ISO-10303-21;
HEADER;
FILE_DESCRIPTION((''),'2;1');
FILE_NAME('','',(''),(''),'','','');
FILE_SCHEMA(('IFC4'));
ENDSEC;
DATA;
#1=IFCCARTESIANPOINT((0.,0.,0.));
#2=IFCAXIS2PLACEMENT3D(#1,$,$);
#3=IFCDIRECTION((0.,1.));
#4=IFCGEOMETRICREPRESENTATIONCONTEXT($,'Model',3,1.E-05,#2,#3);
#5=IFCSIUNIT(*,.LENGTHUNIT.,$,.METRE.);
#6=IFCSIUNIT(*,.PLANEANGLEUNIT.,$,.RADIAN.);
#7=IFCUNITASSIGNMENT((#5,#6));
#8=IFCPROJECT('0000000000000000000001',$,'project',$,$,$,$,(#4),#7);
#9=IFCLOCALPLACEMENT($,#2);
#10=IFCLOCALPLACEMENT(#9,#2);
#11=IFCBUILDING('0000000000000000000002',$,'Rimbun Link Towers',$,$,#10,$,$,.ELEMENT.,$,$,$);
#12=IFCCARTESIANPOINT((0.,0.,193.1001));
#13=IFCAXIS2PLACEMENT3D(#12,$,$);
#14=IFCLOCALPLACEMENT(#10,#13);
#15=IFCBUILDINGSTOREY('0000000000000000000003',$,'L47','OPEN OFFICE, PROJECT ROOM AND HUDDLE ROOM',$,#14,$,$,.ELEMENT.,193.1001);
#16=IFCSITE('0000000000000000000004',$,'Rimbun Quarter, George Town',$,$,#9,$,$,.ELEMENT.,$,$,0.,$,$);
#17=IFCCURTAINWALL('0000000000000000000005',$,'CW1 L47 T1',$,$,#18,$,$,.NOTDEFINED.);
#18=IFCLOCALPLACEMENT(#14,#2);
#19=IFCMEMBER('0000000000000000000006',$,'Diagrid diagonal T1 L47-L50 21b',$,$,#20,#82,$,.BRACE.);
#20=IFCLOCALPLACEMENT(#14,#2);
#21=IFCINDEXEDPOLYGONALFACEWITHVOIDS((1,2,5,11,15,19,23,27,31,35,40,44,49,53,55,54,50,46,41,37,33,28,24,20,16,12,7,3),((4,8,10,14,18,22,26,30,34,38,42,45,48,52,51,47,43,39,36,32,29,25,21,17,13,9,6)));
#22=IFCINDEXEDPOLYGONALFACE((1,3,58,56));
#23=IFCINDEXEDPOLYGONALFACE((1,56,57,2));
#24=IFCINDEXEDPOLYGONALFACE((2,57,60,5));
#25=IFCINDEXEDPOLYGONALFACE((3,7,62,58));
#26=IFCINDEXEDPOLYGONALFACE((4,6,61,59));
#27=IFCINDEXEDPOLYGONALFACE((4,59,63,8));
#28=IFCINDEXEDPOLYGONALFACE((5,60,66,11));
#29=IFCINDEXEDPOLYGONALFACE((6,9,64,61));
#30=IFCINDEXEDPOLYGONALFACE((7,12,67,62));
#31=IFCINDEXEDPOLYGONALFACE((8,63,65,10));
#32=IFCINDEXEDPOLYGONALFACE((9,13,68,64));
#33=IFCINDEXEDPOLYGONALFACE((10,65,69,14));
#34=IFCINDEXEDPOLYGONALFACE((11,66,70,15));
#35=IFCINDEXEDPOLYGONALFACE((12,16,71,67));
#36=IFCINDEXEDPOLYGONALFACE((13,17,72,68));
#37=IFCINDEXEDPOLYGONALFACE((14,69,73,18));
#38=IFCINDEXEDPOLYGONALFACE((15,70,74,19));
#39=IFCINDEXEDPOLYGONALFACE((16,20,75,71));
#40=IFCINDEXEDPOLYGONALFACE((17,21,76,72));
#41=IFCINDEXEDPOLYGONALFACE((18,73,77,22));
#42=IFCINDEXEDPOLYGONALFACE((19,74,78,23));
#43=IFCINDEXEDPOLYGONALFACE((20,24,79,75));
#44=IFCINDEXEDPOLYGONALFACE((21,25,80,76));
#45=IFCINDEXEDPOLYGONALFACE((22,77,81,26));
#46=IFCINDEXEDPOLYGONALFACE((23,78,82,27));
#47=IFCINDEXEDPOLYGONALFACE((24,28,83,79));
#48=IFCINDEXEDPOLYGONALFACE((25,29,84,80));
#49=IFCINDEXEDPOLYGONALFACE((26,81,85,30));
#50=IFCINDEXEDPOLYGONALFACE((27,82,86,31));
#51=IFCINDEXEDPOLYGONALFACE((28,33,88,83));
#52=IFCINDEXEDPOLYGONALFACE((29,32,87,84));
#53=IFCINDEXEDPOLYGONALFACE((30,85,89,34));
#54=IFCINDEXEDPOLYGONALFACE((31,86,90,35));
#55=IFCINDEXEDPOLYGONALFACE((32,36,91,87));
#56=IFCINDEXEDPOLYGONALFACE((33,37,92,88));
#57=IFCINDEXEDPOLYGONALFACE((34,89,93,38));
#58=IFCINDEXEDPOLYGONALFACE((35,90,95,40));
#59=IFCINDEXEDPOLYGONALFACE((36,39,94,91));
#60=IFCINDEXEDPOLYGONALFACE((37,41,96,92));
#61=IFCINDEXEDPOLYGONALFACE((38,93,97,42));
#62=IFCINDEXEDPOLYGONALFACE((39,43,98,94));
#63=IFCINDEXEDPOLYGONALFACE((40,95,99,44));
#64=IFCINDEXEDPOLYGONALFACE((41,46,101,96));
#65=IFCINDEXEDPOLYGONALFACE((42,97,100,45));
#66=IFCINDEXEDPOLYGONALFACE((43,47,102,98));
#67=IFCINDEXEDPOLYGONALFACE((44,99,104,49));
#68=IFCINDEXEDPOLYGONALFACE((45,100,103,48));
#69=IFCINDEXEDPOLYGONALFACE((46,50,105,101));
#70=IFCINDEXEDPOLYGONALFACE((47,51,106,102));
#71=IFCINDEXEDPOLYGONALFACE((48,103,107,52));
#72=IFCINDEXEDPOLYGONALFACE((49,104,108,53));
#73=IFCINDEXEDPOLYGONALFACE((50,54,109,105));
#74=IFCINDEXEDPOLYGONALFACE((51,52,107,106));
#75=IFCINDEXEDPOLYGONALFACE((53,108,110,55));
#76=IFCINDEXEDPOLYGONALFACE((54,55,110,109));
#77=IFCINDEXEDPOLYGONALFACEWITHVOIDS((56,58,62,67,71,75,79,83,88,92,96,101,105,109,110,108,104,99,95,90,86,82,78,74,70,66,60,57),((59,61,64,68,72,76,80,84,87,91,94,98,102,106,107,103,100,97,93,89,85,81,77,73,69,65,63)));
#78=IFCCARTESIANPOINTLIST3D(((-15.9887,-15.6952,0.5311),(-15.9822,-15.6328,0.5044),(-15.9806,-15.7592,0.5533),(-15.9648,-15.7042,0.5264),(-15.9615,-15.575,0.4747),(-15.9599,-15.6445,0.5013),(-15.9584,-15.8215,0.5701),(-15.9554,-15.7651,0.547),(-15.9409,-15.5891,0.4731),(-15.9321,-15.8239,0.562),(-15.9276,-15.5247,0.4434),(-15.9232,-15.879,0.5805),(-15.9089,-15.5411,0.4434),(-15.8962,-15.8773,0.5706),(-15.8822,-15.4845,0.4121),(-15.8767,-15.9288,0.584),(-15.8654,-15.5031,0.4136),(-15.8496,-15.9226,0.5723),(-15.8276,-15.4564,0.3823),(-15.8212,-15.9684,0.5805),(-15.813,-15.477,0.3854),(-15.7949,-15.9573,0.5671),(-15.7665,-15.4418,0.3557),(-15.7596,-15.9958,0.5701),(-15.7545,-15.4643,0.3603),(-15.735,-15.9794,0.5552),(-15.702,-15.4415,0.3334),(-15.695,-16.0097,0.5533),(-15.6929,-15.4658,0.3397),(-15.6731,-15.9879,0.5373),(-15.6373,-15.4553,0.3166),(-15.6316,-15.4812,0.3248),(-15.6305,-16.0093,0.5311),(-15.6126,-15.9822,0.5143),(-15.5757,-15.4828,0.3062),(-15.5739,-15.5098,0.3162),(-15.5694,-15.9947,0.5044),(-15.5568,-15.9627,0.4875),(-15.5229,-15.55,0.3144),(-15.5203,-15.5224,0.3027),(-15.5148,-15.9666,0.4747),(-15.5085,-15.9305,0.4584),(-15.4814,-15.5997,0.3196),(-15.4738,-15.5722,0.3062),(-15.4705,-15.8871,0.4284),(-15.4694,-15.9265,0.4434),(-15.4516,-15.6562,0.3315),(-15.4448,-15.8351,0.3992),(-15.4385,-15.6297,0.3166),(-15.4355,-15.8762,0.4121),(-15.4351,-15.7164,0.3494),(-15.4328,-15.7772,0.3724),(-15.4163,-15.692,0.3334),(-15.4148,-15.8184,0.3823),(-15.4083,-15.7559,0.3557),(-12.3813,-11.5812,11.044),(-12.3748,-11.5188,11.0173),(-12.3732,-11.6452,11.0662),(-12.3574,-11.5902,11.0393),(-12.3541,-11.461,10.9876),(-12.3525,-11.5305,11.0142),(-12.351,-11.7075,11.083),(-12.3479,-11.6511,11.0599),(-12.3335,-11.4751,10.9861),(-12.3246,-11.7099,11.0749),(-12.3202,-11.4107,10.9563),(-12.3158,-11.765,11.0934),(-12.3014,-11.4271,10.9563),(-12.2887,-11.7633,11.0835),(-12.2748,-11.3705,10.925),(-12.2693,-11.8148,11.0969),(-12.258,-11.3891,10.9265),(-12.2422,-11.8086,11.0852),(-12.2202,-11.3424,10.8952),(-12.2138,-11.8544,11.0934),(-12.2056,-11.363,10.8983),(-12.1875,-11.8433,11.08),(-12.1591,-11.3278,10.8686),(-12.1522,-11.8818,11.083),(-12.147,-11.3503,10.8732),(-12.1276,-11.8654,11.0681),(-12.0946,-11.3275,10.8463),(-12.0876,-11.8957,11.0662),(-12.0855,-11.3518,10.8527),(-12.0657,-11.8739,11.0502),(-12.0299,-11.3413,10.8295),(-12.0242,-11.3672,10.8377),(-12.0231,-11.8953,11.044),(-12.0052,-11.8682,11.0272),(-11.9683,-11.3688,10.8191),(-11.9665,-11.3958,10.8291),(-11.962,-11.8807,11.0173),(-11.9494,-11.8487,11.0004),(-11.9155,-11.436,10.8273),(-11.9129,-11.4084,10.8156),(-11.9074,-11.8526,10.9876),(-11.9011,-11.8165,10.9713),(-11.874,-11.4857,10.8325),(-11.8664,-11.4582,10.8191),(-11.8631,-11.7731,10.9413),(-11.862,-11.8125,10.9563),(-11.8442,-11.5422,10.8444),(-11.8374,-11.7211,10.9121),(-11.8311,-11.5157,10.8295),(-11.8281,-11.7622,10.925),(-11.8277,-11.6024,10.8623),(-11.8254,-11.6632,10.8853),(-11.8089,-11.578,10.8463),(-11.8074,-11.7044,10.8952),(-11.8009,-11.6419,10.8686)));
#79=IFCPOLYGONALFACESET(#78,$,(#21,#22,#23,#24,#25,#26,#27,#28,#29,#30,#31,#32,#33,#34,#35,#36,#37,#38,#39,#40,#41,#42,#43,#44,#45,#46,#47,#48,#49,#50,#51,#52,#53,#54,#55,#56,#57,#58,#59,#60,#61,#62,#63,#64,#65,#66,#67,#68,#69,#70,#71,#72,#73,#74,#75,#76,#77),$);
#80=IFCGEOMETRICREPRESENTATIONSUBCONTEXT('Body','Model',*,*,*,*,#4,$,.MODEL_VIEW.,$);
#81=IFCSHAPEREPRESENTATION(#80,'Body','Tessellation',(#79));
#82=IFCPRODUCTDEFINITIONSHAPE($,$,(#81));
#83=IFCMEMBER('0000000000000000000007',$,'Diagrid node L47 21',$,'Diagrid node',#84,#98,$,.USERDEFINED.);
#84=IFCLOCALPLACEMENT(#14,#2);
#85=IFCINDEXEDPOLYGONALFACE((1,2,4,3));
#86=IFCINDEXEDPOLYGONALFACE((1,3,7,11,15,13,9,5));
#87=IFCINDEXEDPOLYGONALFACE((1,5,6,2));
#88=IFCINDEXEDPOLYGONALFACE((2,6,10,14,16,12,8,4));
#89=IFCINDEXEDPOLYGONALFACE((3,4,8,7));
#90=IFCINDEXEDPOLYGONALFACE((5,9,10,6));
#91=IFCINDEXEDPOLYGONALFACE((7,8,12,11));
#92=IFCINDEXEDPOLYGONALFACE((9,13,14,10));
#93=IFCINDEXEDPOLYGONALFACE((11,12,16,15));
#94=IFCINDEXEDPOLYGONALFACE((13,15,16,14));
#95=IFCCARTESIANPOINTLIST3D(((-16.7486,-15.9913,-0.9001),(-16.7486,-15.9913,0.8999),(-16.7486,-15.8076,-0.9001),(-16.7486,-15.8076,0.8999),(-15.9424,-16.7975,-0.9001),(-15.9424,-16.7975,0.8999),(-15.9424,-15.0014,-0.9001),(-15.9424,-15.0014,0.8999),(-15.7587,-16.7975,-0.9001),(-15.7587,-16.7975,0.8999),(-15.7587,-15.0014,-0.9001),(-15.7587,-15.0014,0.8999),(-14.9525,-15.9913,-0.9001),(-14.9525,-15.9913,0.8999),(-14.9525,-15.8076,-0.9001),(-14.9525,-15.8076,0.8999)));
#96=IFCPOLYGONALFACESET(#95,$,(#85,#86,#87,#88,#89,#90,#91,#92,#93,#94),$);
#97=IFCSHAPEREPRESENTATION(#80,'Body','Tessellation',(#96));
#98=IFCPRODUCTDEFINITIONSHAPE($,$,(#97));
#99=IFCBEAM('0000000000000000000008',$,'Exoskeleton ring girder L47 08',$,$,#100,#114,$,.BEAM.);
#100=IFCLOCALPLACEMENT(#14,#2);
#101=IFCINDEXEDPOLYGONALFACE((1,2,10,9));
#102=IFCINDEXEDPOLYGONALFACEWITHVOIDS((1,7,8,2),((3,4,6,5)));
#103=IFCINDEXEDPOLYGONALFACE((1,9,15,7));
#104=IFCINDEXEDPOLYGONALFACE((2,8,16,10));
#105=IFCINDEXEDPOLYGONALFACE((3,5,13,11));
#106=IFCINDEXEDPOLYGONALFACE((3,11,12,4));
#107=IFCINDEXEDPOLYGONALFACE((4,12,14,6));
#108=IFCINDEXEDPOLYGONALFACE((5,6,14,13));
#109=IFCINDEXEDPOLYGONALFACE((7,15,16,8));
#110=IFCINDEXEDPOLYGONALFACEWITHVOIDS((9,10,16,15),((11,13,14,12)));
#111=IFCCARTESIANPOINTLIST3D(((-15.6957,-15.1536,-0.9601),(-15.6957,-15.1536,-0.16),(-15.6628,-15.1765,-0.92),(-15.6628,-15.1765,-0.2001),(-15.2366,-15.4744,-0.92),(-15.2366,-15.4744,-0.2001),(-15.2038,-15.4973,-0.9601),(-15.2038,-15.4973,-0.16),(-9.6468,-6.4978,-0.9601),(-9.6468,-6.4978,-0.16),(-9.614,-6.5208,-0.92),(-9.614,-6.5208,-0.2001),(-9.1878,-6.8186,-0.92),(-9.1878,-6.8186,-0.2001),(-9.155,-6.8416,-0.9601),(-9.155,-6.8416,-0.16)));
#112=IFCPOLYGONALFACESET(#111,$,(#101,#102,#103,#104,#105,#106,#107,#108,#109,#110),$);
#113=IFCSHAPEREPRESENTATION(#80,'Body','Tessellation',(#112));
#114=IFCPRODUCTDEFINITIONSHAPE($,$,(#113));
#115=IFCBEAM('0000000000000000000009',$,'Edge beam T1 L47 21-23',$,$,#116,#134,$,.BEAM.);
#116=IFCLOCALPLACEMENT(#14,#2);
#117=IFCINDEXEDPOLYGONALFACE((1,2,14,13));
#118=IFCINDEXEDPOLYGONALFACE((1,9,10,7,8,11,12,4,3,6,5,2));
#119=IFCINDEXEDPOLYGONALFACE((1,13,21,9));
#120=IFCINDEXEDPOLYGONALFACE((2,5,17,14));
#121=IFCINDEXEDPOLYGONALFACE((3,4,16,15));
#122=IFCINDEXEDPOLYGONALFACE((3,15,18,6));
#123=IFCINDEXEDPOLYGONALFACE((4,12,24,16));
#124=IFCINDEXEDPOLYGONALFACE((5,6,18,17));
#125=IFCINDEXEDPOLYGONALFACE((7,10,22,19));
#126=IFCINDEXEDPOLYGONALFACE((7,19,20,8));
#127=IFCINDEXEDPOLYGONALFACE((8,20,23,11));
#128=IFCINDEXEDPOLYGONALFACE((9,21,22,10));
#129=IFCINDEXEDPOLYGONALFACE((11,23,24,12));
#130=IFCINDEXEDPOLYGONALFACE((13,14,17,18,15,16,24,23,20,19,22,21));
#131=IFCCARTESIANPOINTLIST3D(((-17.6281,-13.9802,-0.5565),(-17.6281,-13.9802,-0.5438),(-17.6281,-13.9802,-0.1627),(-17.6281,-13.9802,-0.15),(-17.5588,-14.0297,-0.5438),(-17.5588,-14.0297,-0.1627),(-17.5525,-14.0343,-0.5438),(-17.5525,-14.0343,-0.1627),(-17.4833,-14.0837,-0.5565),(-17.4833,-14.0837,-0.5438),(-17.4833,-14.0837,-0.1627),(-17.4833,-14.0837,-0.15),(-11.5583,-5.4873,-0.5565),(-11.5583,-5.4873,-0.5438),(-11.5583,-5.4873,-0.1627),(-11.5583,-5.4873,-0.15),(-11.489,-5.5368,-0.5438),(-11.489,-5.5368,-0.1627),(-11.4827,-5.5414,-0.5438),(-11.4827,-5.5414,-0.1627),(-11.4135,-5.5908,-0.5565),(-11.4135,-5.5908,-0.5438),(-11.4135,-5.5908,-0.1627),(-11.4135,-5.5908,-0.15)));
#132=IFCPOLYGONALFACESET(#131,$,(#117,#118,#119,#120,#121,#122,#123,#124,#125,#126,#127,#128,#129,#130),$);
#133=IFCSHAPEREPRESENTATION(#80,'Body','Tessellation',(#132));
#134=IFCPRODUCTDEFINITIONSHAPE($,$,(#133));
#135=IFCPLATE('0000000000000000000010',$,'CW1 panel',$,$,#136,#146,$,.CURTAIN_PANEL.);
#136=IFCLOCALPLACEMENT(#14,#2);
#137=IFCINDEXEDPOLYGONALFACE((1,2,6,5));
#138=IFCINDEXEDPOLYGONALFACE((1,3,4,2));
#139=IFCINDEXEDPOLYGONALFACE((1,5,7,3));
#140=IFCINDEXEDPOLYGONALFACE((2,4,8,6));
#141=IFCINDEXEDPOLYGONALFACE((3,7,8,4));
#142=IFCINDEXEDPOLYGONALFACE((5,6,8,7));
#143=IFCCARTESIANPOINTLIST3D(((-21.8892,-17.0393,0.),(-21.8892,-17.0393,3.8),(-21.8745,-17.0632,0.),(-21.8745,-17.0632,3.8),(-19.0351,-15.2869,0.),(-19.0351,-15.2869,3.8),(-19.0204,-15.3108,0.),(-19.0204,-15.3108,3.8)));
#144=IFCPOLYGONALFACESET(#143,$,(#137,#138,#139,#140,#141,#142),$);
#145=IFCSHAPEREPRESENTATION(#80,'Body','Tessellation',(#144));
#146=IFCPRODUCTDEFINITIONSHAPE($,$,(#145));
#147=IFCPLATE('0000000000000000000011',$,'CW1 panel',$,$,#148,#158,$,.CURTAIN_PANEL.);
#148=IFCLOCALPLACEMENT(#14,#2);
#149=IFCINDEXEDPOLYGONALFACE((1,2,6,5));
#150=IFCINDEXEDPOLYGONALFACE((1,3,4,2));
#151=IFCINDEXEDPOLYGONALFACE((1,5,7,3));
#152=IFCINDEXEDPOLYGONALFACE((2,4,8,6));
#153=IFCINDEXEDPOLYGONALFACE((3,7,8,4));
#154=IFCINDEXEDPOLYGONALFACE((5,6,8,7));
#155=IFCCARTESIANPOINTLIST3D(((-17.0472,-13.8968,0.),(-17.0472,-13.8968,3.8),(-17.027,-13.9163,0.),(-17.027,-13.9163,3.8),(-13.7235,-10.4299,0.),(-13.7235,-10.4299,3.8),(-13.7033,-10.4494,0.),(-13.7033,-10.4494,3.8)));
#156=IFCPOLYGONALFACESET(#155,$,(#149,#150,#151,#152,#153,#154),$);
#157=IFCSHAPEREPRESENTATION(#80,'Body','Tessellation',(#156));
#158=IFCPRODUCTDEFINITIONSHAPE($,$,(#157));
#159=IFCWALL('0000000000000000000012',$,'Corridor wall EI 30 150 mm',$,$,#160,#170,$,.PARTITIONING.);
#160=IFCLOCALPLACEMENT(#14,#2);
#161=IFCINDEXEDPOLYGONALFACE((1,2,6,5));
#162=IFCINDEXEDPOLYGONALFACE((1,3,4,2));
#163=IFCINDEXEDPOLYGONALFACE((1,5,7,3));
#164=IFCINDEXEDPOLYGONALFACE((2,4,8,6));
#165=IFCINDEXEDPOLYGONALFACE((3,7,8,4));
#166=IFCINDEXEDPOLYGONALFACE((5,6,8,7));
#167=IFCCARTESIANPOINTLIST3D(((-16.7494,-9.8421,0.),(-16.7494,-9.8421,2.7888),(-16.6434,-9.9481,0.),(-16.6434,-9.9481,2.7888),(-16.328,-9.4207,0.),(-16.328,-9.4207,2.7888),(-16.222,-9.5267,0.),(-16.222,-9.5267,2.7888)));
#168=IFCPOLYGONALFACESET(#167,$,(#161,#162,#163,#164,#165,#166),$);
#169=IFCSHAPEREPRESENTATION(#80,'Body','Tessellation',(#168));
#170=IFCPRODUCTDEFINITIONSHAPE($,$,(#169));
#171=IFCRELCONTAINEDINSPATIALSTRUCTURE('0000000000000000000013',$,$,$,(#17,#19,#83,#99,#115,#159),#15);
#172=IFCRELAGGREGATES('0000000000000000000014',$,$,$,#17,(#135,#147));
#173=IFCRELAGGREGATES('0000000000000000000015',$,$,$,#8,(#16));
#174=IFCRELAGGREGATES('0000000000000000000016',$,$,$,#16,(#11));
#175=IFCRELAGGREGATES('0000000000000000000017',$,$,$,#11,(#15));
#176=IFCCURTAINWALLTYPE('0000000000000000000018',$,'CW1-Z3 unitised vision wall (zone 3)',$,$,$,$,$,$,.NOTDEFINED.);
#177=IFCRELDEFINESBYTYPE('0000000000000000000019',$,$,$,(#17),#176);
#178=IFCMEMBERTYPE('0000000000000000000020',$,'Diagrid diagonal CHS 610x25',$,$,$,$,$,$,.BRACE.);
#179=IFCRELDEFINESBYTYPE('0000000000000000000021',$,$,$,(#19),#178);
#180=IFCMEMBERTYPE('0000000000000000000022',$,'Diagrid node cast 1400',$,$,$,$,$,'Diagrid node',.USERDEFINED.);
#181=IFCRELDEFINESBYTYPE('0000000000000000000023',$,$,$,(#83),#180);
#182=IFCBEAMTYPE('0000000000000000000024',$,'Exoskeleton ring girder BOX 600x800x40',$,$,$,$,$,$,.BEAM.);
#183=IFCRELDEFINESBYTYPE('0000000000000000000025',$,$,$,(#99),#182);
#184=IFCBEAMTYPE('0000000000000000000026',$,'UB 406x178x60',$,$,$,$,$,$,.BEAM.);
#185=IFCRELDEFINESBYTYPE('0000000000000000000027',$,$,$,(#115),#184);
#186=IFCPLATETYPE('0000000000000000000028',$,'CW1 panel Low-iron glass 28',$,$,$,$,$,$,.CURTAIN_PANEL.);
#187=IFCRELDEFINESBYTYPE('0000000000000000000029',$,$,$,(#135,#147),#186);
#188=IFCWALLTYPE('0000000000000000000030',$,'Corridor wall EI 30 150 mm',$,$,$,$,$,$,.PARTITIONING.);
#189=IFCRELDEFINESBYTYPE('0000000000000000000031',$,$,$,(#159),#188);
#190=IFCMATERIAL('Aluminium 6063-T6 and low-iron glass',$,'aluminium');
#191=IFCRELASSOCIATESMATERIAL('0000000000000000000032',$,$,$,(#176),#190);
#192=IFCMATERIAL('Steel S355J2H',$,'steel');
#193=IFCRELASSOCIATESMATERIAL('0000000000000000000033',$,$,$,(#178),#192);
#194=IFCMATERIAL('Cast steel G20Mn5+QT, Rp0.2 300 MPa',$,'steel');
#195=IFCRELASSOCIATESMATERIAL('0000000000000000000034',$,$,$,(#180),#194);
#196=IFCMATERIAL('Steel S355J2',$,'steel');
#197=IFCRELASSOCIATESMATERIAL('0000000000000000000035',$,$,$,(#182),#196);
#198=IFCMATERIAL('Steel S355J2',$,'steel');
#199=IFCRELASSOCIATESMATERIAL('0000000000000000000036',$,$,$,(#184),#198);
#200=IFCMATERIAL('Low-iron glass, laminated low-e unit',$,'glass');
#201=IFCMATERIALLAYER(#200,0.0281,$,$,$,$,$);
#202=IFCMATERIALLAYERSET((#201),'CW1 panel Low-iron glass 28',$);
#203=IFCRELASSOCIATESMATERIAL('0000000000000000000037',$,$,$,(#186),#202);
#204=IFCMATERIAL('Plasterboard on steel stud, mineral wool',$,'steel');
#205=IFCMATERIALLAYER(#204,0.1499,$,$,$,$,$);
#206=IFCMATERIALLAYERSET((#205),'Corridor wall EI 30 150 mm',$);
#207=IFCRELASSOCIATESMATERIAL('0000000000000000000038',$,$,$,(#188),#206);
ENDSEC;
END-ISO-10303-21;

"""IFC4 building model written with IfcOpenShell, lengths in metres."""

from ifc_helpers import new_model, si_unit, direction, frame, frame_2d, origin, origin_2d, place, context, subcontext, project, spatial, polyline, rectangle, hollow_rectangle, hollow_circle, i_section, outline, extrude, material, layer, layer_set, material_profile, profile_set, type_object, element, aggregate, save


model = new_model("IFC4")

# Units and contexts
model_context = context("Model", 3, precision=1e-05, world=origin(), true_north=direction((0.0, 1.0)))
body_context = subcontext(model_context, "Body", "Model", "MODEL_VIEW")
ifc_project = project(units=[si_unit("LENGTHUNIT", "METRE"), si_unit("PLANEANGLEUNIT", "RADIAN")], contexts=[model_context])

# Site, building, storey
site_placement = place(None, origin())
site = spatial("IfcSite", under=ifc_project, at=site_placement, Name="Rimbun Quarter, George Town", CompositionType="ELEMENT", RefElevation=0.0)
building_placement = place(site_placement, origin())
building = spatial("IfcBuilding", under=site, at=building_placement, Name="Rimbun Link Towers", CompositionType="ELEMENT")
storey_placement = place(building_placement, frame((0.0, 0.0, 193.1001)))
storey = spatial("IfcBuildingStorey", under=building, at=storey_placement, Name="L47", Description="OPEN OFFICE, PROJECT ROOM AND HUDDLE ROOM", CompositionType="ELEMENT", Elevation=193.1001)

# Curtain wall
ifc_material_1 = material(Name="Aluminium 6063-T6 and low-iron glass", Category="aluminium")
curtain_wall_type = type_object("IfcCurtainWallType", Name="CW1-Z3 unitised vision wall (zone 3)", PredefinedType="NOTDEFINED", material=ifc_material_1)
curtain_wall_placement = place(storey_placement, origin())
curtain_wall = element("IfcCurtainWall", 1, at=curtain_wall_placement, inside=storey, type_object=curtain_wall_type, Name="CW1 L47 T1", PredefinedType="NOTDEFINED")

# Members
ifc_material_2 = material(Name="Steel S355J2H", Category="steel")
ifc_material_profile_1 = material_profile(ifc_material_2, hollow_circle(Radius=0.3047, WallThickness=0.0249, at=origin_2d()), Name="Diagrid diagonal CHS 610x25")
ifc_profile_set_1 = profile_set([ifc_material_profile_1], Name="Steel S355J2H")
member_type_1 = type_object("IfcMemberType", Name="Diagrid diagonal CHS 610x25", PredefinedType="BRACE", material=ifc_profile_set_1)
member_1_placement = place(storey_placement, frame((-15.6985, -15.7256, 0.4434), z_axis=(0.304383, 0.347127, 0.887048), x_axis=(-0.751883, 0.659297, 0.0)))
element("IfcMember", 2, at=member_1_placement, inside=storey, type_object=member_type_1, Name="Diagrid diagonal T1 L47-L50 21b", PredefinedType="BRACE", context=body_context, shape_type="SweptSolid", body=[
    extrude(hollow_circle(Radius=0.3047, WallThickness=0.0249, at=origin_2d()), origin(), (0.0, 0.0, 1.0), 11.8516),
])
ifc_material_3 = material(Name="Cast steel G20Mn5+QT, Rp0.2 300 MPa", Category="steel")
ifc_material_profile_2 = material_profile(ifc_material_3, outline(polyline([(0.7, -0.5701), (0.7, 0.5701), (0.5701, 0.7), (-0.5701, 0.7), (-0.7, 0.5701), (-0.7, -0.5701), (-0.5701, -0.7), (0.5701, -0.7), (0.7, -0.5701)])), Name="NODE 1400x1400")
ifc_profile_set_2 = profile_set([ifc_material_profile_2], Name="Cast steel G20Mn5+QT, Rp0.2 300 MPa")
member_type_2 = type_object("IfcMemberType", Name="Diagrid node cast 1400", ElementType="Diagrid node", PredefinedType="USERDEFINED", material=ifc_profile_set_2)
member_2_placement = place(storey_placement, frame((-15.8506, -15.8994, -0.9001), z_axis=(0.0, 0.0, 1.0), x_axis=(0.707107, -0.707107, 0.0)))
element("IfcMember", 3, at=member_2_placement, inside=storey, type_object=member_type_2, Name="Diagrid node L47 21", ObjectType="Diagrid node", PredefinedType="USERDEFINED", context=body_context, shape_type="SweptSolid", body=[
    extrude(outline(polyline([(0.7, -0.5701), (0.7, 0.5701), (0.5701, 0.7), (-0.5701, 0.7), (-0.7, 0.5701), (-0.7, -0.5701), (-0.5701, -0.7), (0.5701, -0.7), (0.7, -0.5701)])), origin(), (0.0, 0.0, 1.0), 1.8),
])

# Beams
ifc_material_4 = material(Name="Steel S355J2", Category="steel")
ifc_material_profile_3 = material_profile(ifc_material_4, hollow_rectangle(XDim=0.6001, YDim=0.8, WallThickness=0.04, at=origin_2d()), Name="Exoskeleton ring girder BOX 600x800x40")
ifc_profile_set_3 = profile_set([ifc_material_profile_3], Name="Steel S355J2")
beam_type_1 = type_object("IfcBeamType", Name="Exoskeleton ring girder BOX 600x800x40", PredefinedType="BEAM", material=ifc_profile_set_3)
beam_1_placement = place(storey_placement, frame((-15.4497, -15.3254, -0.5601), z_axis=(0.572814, 0.819686, 0.0), x_axis=(-0.819686, 0.572814, 0.0)))
element("IfcBeam", 4, at=beam_1_placement, inside=storey, type_object=beam_type_1, Name="Exoskeleton ring girder L47 08", PredefinedType="BEAM", context=body_context, shape_type="SweptSolid", body=[
    extrude(hollow_rectangle(XDim=0.6001, YDim=0.8, WallThickness=0.04, at=origin_2d()), origin(), (0.0, 0.0, 1.0), 10.5598),
])
ifc_material_5 = material(Name="Steel S355J2", Category="steel")
ifc_material_profile_4 = material_profile(ifc_material_5, i_section(OverallWidth=0.178, OverallDepth=0.4065, WebThickness=0.0078, FlangeThickness=0.0127, at=origin_2d()), Name="UB 406x178x60")
ifc_profile_set_4 = profile_set([ifc_material_profile_4], Name="Steel S355J2")
beam_type_2 = type_object("IfcBeamType", Name="UB 406x178x60", PredefinedType="BEAM", material=ifc_profile_set_4)
beam_2_placement = place(storey_placement, frame((-17.5557, -14.032, -0.3533), z_axis=(0.581457, 0.813577, 0.0), x_axis=(-0.813577, 0.581457, 0.0)))
element("IfcBeam", 5, at=beam_2_placement, inside=storey, type_object=beam_type_2, Name="Edge beam T1 L47 21-23", PredefinedType="BEAM", context=body_context, shape_type="SweptSolid", body=[
    extrude(i_section(OverallWidth=0.178, OverallDepth=0.4065, WebThickness=0.0078, FlangeThickness=0.0127, at=origin_2d()), origin(), (0.0, 0.0, 1.0), 10.439),
])

# Plates
ifc_material_6 = material(Name="Low-iron glass, laminated low-e unit", Category="glass")
ifc_layer_1 = layer(ifc_material_6, 0.0281)
ifc_layer_set_1 = layer_set([ifc_layer_1], Name="CW1 panel Low-iron glass 28")
plate_type = type_object("IfcPlateType", Name="CW1 panel Low-iron glass 28", PredefinedType="CURTAIN_PANEL", material=ifc_layer_set_1)
plate_1_placement = place(storey_placement, frame((-20.4548, -16.175, 0.0), z_axis=(0.0, 0.0, 1.0), x_axis=(-0.852192, -0.523229, 0.0)))
plate_1 = element("IfcPlate", 6, at=plate_1_placement, type_object=plate_type, Name="CW1 panel", PredefinedType="CURTAIN_PANEL", context=body_context, shape_type="SweptSolid", body=[
    extrude(rectangle(XDim=3.3491, YDim=0.0281, at=origin_2d()), origin(), (0.0, 0.0, 1.0), 3.8),
])
plate_2_placement = place(storey_placement, frame((-15.3752, -12.1731, 0.0), z_axis=(0.0, 0.0, 1.0), x_axis=(-0.692041, -0.721859, 0.0)))
plate_2 = element("IfcPlate", 7, at=plate_2_placement, type_object=plate_type, Name="CW1 panel", PredefinedType="CURTAIN_PANEL", context=body_context, shape_type="SweptSolid", body=[
    extrude(rectangle(XDim=4.8027, YDim=0.0281, at=origin_2d()), origin(), (0.0, 0.0, 1.0), 3.8),
])
aggregate(curtain_wall, [plate_1, plate_2])

# Wall
ifc_material_7 = material(Name="Plasterboard on steel stud, mineral wool", Category="steel")
ifc_layer_2 = layer(ifc_material_7, 0.1499)
ifc_layer_set_2 = layer_set([ifc_layer_2], Name="Corridor wall EI 30 150 mm")
wall_type = type_object("IfcWallType", Name="Corridor wall EI 30 150 mm", PredefinedType="PARTITIONING", material=ifc_layer_set_2)
wall_1_placement = place(storey_placement, frame((-16.6963, -9.895, 0.0), z_axis=(0.0, 0.0, 1.0), x_axis=(0.707107, 0.707107, 0.0)))
element("IfcWall", 8, at=wall_1_placement, inside=storey, type_object=wall_type, Name="Corridor wall EI 30 150 mm", PredefinedType="PARTITIONING", context=body_context, shape_type="SweptSolid", body=[
    extrude(rectangle(XDim=0.5959, YDim=0.1499, at=frame_2d((0.2979, 0.0))), origin(), (0.0, 0.0, 1.0), 2.7888),
])

save(model, "model.ifc")
